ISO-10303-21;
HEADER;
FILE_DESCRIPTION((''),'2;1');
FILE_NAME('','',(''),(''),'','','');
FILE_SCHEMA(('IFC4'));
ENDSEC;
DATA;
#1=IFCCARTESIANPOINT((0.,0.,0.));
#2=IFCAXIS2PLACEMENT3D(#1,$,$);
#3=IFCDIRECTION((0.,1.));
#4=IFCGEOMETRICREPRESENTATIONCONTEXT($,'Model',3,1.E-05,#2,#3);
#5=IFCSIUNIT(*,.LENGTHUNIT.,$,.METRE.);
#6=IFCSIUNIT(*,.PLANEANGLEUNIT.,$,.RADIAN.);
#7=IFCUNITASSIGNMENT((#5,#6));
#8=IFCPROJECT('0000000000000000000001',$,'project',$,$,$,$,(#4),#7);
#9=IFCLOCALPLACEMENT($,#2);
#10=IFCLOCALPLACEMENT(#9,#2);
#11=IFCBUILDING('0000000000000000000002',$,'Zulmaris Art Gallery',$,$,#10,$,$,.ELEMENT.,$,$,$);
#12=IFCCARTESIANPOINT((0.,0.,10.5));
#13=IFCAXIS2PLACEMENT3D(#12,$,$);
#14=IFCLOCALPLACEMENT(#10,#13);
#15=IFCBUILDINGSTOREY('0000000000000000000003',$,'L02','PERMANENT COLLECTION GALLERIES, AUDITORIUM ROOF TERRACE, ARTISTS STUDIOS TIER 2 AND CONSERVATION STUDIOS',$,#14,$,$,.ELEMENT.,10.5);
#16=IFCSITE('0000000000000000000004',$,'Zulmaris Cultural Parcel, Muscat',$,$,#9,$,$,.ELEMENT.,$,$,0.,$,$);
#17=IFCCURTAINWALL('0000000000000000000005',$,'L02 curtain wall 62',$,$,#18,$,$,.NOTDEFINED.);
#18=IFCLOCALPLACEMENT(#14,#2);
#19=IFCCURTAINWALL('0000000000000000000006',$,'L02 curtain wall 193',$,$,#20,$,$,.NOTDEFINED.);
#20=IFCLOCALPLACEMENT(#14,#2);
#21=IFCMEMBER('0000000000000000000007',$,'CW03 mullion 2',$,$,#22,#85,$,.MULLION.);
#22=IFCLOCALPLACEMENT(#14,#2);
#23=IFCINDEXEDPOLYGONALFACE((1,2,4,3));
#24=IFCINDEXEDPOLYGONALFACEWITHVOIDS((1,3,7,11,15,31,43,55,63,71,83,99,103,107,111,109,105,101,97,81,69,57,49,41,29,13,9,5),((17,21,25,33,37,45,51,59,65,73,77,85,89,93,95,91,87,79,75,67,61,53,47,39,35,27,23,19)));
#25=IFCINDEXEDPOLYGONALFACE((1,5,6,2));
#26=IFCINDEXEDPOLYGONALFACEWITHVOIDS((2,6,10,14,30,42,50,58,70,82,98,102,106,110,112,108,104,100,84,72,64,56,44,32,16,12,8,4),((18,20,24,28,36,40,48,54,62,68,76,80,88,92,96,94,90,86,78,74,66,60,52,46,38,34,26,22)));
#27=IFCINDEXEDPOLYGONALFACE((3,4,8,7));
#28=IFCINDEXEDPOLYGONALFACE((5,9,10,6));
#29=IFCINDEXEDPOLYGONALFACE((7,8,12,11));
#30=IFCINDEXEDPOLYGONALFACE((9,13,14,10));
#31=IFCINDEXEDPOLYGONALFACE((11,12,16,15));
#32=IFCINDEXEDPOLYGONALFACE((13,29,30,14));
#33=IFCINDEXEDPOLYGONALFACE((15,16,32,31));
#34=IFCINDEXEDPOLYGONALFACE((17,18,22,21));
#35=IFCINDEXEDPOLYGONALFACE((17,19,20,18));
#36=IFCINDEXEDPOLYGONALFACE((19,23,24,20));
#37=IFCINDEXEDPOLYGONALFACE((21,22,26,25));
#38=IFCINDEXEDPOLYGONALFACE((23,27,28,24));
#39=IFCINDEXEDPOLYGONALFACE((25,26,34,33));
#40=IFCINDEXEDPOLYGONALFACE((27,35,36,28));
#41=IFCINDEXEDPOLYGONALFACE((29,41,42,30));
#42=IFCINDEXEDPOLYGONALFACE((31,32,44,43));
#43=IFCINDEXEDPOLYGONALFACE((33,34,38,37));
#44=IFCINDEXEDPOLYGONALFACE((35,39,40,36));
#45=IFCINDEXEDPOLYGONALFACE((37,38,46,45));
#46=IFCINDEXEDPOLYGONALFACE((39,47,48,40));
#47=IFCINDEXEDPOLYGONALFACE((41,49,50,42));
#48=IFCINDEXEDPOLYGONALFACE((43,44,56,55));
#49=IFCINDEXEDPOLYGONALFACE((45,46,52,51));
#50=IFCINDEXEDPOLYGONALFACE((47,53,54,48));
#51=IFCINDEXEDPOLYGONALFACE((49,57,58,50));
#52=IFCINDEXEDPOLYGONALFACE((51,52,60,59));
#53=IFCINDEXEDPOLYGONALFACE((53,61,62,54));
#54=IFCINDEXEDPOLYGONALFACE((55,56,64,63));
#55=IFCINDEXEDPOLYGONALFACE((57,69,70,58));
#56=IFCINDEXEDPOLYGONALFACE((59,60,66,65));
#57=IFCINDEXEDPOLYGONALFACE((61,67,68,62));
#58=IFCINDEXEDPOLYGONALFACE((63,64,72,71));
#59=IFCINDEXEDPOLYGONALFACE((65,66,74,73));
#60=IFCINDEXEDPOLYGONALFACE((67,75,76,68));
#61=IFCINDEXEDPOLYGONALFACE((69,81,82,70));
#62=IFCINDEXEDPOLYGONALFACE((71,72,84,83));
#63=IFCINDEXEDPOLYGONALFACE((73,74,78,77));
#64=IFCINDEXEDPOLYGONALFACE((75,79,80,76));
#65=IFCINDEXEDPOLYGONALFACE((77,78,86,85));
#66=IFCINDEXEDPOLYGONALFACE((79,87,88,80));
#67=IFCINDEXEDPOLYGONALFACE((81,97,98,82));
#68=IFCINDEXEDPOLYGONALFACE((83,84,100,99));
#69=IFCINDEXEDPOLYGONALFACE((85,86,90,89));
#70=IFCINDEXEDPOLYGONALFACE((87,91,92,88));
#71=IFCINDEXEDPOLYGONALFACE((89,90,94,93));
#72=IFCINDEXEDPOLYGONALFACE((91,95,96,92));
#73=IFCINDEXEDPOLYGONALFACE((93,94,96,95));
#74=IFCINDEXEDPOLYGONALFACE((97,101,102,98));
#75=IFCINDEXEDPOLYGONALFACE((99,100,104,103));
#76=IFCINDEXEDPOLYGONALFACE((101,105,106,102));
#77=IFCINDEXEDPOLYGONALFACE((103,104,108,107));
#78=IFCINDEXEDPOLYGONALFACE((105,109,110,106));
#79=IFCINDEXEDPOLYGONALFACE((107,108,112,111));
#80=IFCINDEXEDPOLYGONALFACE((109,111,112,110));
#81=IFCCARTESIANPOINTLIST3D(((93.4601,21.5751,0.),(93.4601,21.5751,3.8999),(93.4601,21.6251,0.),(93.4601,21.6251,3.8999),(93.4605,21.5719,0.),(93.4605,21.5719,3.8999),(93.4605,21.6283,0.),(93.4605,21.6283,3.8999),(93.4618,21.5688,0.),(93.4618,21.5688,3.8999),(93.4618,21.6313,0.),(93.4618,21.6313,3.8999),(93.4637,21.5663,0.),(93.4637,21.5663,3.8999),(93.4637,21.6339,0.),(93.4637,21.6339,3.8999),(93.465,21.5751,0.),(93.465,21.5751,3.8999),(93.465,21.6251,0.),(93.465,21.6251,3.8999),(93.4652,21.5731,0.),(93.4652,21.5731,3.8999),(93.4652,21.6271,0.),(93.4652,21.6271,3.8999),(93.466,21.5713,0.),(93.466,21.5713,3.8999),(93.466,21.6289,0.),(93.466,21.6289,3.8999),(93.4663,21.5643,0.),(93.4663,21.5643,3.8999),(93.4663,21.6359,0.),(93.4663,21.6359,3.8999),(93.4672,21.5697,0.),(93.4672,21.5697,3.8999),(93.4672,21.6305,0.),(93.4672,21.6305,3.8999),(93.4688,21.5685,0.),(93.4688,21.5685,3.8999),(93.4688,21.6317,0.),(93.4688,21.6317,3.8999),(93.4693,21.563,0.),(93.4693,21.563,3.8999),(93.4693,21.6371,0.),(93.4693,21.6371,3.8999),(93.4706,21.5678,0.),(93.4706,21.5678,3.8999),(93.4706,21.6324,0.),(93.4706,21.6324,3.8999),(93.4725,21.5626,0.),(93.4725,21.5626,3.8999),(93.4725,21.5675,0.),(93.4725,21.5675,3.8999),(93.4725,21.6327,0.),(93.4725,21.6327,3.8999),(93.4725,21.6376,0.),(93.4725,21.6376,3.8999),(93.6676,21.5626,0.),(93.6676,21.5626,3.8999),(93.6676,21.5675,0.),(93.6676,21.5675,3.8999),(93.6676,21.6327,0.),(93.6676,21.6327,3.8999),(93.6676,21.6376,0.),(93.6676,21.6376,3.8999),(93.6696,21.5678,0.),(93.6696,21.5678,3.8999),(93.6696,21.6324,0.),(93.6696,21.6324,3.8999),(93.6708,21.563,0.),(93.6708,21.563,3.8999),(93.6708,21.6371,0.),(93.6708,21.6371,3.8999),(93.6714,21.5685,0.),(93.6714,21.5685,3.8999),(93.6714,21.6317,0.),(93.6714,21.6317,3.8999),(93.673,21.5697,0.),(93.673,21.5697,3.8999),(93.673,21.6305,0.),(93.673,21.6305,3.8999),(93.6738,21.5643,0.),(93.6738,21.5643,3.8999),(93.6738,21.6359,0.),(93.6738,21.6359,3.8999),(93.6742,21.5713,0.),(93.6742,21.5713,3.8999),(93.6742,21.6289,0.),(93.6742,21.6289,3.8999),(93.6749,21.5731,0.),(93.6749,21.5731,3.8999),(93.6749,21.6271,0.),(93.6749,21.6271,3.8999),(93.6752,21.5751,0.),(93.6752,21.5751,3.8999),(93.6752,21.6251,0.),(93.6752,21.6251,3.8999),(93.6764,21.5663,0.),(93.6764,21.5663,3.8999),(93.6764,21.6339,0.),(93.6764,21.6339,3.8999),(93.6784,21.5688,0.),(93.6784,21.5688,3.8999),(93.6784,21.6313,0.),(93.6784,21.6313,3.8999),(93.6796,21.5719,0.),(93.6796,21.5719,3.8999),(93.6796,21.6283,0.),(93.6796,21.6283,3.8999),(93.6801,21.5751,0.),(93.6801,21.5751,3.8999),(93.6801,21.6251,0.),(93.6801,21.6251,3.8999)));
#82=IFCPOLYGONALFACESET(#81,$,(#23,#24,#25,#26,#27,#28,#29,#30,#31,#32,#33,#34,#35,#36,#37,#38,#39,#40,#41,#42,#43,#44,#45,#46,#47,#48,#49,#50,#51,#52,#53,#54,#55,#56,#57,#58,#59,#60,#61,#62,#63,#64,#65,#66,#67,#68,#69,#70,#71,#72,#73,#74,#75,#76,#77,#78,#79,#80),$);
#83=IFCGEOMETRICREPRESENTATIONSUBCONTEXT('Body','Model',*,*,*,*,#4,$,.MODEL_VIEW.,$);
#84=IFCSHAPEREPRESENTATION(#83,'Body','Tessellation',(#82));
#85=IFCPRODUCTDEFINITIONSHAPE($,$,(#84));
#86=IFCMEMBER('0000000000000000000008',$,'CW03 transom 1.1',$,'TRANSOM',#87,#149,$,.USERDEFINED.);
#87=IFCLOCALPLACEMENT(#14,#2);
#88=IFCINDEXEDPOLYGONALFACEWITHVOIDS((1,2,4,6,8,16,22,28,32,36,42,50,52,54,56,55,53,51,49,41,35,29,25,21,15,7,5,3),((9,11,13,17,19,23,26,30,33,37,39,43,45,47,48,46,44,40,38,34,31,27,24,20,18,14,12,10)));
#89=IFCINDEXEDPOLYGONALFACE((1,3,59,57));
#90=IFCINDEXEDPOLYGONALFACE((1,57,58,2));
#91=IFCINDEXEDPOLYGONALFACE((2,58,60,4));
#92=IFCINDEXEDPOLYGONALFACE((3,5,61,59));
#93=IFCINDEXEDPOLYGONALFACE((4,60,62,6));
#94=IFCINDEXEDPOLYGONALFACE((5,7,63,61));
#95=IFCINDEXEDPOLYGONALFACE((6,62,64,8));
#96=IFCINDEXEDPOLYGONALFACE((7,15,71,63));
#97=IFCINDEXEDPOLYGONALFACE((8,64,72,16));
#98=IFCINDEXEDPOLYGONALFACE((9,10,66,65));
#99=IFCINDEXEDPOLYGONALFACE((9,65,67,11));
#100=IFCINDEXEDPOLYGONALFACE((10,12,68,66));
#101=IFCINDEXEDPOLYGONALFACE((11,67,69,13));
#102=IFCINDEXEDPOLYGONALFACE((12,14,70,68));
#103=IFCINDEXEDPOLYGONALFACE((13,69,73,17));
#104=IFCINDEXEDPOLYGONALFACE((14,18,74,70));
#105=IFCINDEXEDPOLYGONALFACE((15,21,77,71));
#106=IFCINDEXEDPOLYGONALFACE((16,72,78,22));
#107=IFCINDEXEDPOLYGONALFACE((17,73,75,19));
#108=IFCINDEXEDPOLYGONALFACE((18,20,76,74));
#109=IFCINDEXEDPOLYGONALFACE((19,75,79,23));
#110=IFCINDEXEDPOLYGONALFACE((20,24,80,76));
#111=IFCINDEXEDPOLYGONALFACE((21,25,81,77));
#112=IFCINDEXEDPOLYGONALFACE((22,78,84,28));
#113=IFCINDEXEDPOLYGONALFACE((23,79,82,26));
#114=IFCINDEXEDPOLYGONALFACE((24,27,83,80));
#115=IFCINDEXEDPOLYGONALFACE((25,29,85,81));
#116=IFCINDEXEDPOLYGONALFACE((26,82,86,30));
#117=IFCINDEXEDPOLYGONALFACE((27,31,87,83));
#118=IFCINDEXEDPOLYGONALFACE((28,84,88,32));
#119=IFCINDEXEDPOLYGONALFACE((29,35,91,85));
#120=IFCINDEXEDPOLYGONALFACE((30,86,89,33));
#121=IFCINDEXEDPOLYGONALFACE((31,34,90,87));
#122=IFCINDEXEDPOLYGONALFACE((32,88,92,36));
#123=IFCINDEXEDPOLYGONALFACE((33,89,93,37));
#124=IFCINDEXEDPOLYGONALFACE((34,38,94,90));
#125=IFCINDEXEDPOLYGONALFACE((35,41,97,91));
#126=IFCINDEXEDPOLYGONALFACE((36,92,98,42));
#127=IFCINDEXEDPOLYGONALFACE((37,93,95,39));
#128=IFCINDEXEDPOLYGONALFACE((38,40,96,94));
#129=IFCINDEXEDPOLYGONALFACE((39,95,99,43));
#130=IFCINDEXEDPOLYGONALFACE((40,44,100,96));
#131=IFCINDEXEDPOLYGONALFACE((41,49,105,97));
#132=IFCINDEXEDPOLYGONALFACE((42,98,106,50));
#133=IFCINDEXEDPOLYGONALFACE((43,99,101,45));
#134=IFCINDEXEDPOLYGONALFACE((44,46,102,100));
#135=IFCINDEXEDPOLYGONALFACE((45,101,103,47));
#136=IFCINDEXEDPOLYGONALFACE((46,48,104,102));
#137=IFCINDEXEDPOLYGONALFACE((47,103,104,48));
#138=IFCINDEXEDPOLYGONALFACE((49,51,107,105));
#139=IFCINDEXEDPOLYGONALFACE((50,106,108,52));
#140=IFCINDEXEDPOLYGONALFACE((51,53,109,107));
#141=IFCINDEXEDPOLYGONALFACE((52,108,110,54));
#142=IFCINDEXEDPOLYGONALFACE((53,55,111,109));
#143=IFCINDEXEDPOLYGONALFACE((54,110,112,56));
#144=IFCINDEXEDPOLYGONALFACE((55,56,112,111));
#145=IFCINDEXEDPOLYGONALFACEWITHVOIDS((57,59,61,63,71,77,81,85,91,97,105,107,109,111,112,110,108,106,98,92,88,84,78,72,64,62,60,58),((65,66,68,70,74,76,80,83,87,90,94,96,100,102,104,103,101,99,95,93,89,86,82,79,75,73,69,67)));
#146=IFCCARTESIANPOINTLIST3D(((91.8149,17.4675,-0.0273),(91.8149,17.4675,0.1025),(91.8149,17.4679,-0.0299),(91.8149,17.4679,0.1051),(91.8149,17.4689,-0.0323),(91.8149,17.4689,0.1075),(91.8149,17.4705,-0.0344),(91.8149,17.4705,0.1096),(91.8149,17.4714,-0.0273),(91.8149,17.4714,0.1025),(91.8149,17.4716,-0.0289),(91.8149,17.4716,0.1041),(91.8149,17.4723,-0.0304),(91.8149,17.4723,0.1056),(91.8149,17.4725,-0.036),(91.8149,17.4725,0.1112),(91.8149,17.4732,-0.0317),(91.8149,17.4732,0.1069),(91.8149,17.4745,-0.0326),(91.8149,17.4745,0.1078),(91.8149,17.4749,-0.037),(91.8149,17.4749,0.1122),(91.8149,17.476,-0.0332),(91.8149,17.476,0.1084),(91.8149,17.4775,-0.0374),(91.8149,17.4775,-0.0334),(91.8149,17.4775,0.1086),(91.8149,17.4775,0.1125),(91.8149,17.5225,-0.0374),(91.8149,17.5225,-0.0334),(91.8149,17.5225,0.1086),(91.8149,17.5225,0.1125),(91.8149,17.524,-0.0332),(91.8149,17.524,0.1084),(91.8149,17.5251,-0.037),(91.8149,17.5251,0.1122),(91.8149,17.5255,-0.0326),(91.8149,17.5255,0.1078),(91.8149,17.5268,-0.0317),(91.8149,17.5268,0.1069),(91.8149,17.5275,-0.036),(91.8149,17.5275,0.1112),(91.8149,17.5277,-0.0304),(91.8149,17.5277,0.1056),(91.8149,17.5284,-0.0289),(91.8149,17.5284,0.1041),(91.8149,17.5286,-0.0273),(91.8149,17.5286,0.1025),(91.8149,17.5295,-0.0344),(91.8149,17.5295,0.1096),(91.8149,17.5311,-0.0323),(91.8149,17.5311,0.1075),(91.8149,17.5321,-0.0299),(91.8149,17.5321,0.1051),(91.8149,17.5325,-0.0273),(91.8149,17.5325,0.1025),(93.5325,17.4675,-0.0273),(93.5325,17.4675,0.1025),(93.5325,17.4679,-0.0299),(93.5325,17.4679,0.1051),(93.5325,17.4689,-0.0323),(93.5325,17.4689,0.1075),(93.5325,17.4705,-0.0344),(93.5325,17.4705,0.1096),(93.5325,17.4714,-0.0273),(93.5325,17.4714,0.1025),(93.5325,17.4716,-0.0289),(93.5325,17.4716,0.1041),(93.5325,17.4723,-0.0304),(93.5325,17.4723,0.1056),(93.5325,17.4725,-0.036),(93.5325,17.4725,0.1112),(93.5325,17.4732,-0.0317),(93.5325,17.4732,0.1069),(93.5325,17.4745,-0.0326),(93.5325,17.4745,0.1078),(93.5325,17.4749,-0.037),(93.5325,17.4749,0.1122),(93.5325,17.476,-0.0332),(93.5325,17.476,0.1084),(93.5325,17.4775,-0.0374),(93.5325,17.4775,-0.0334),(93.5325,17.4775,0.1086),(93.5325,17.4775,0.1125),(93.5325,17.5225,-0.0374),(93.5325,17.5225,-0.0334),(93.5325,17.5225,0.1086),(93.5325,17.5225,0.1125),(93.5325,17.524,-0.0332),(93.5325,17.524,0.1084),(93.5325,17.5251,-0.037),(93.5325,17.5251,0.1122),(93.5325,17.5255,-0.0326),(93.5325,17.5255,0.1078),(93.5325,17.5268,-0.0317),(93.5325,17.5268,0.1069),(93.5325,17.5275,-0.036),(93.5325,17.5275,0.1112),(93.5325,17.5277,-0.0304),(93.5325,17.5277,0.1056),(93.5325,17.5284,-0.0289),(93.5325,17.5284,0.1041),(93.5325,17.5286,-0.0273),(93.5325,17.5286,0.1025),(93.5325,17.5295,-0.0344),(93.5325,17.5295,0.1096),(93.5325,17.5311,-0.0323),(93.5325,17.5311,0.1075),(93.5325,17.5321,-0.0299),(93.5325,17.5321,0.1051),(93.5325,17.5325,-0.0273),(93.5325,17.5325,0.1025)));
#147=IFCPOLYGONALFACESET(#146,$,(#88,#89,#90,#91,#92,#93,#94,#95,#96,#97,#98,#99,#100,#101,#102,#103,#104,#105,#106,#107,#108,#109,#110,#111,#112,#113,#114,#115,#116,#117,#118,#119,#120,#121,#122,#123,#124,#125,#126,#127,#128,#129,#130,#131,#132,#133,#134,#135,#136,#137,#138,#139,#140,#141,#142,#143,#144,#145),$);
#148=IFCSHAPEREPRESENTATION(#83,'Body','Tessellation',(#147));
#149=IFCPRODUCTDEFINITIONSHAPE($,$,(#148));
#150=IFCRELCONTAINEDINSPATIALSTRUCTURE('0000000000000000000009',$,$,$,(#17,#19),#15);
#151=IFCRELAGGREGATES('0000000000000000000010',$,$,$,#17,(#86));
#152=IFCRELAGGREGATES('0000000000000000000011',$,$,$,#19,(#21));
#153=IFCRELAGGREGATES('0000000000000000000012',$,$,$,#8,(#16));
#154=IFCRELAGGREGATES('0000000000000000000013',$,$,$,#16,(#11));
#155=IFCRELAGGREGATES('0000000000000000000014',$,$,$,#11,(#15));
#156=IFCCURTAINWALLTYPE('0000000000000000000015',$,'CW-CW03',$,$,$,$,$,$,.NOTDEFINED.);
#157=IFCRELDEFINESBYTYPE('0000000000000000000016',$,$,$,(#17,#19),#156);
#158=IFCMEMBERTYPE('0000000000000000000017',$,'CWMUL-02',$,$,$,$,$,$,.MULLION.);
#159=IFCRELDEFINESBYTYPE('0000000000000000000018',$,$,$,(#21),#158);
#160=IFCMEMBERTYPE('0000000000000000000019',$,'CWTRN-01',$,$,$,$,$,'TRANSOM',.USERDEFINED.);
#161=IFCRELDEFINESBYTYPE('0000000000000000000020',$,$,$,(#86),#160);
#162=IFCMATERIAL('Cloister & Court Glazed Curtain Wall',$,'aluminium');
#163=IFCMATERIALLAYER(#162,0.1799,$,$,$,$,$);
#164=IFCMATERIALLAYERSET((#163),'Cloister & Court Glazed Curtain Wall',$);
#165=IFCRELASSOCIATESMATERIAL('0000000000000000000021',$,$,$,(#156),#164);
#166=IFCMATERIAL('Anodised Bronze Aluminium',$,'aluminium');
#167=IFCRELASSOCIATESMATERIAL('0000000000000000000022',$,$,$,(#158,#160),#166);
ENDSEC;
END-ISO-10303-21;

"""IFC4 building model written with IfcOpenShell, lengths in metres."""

from ifc_helpers import new_model, si_unit, direction, frame, origin, origin_2d, place, context, subcontext, project, spatial, hollow_rectangle, extrude, material, layer, layer_set, material_profile, profile_set, type_object, element, aggregate, save


model = new_model("IFC4")

# Units and contexts
model_context = context("Model", 3, precision=1e-05, world=origin(), true_north=direction((0.0, 1.0)))
body_context = subcontext(model_context, "Body", "Model", "MODEL_VIEW")
ifc_project = project(units=[si_unit("LENGTHUNIT", "METRE"), si_unit("PLANEANGLEUNIT", "RADIAN")], contexts=[model_context])

# Site, building, storey
site_placement = place(None, origin())
site = spatial("IfcSite", under=ifc_project, at=site_placement, Name="Zulmaris Cultural Parcel, Muscat", CompositionType="ELEMENT", RefElevation=0.0)
building_placement = place(site_placement, origin())
building = spatial("IfcBuilding", under=site, at=building_placement, Name="Zulmaris Art Gallery", CompositionType="ELEMENT")
storey_placement = place(building_placement, frame((0.0, 0.0, 10.5)))
storey = spatial("IfcBuildingStorey", under=building, at=storey_placement, Name="L02", Description="PERMANENT COLLECTION GALLERIES, AUDITORIUM ROOF TERRACE, ARTISTS STUDIOS TIER 2 AND CONSERVATION STUDIOS", CompositionType="ELEMENT", Elevation=10.5)

# Curtain wall
ifc_material_1 = material(Name="Cloister & Court Glazed Curtain Wall", Category="aluminium")
ifc_layer_1 = layer(ifc_material_1, 0.1799)
ifc_layer_set_1 = layer_set([ifc_layer_1], Name="Cloister & Court Glazed Curtain Wall")
curtain_wall_type = type_object("IfcCurtainWallType", Name="CW-CW03", PredefinedType="NOTDEFINED", material=ifc_layer_set_1)
curtain_wall_1_placement = place(storey_placement, origin())
curtain_wall_1 = element("IfcCurtainWall", 1, at=curtain_wall_1_placement, inside=storey, type_object=curtain_wall_type, Name="L02 curtain wall 62", PredefinedType="NOTDEFINED")
ifc_material_2 = material(Name="Anodised Bronze Aluminium", Category="aluminium")
ifc_material_profile_1 = material_profile(ifc_material_2, hollow_rectangle(XDim=0.075, YDim=0.22, WallThickness=0.0049, InnerFilletRadius=0.0076, OuterFilletRadius=0.0125, at=origin_2d()), Name="ALU 75x220x5")
ifc_profile_set_1 = profile_set([ifc_material_profile_1], Name="Anodised Bronze Aluminium")
member_type_1 = type_object("IfcMemberType", Name="CWMUL-02", PredefinedType="MULLION", material=ifc_profile_set_1)

# Curtain wall, member
curtain_wall_2_placement = place(storey_placement, origin())
curtain_wall_2 = element("IfcCurtainWall", 2, at=curtain_wall_2_placement, inside=storey, type_object=curtain_wall_type, Name="L02 curtain wall 193", PredefinedType="NOTDEFINED")
member_1_placement = place(storey_placement, frame((93.5701, 21.6001, 0.0), z_axis=(0.0, 0.0, 1.0), x_axis=(0.0, 1.0, 0.0)))
member_1 = element("IfcMember", 3, at=member_1_placement, type_object=member_type_1, Name="CW03 mullion 2", PredefinedType="MULLION", context=body_context, shape_type="SweptSolid", body=[
    extrude(hollow_rectangle(XDim=0.075, YDim=0.22, WallThickness=0.0049, InnerFilletRadius=0.0076, OuterFilletRadius=0.0125, at=origin_2d()), origin(), (0.0, 0.0, 1.0), 3.8999),
])

# Member
ifc_material_profile_2 = material_profile(ifc_material_2, hollow_rectangle(XDim=0.0649, YDim=0.1499, WallThickness=0.0039, InnerFilletRadius=0.0061, OuterFilletRadius=0.01, at=origin_2d()), Name="ALU 65x150x4")
ifc_profile_set_2 = profile_set([ifc_material_profile_2], Name="Anodised Bronze Aluminium")
member_type_2 = type_object("IfcMemberType", Name="CWTRN-01", ElementType="TRANSOM", PredefinedType="USERDEFINED", material=ifc_profile_set_2)
member_2_placement = place(storey_placement, frame((91.8149, 17.5, 0.0376), z_axis=(1.0, 0.0, 0.0), x_axis=(0.0, 1.0, 0.0)))
member_2 = element("IfcMember", 4, at=member_2_placement, type_object=member_type_2, Name="CW03 transom 1.1", ObjectType="TRANSOM", PredefinedType="USERDEFINED", context=body_context, shape_type="SweptSolid", body=[
    extrude(hollow_rectangle(XDim=0.0649, YDim=0.1499, WallThickness=0.0039, InnerFilletRadius=0.0061, OuterFilletRadius=0.01, at=origin_2d()), origin(), (0.0, 0.0, 1.0), 1.7175),
])

aggregate(curtain_wall_1, [member_2])
aggregate(curtain_wall_2, [member_1])

save(model, "model.ifc")
